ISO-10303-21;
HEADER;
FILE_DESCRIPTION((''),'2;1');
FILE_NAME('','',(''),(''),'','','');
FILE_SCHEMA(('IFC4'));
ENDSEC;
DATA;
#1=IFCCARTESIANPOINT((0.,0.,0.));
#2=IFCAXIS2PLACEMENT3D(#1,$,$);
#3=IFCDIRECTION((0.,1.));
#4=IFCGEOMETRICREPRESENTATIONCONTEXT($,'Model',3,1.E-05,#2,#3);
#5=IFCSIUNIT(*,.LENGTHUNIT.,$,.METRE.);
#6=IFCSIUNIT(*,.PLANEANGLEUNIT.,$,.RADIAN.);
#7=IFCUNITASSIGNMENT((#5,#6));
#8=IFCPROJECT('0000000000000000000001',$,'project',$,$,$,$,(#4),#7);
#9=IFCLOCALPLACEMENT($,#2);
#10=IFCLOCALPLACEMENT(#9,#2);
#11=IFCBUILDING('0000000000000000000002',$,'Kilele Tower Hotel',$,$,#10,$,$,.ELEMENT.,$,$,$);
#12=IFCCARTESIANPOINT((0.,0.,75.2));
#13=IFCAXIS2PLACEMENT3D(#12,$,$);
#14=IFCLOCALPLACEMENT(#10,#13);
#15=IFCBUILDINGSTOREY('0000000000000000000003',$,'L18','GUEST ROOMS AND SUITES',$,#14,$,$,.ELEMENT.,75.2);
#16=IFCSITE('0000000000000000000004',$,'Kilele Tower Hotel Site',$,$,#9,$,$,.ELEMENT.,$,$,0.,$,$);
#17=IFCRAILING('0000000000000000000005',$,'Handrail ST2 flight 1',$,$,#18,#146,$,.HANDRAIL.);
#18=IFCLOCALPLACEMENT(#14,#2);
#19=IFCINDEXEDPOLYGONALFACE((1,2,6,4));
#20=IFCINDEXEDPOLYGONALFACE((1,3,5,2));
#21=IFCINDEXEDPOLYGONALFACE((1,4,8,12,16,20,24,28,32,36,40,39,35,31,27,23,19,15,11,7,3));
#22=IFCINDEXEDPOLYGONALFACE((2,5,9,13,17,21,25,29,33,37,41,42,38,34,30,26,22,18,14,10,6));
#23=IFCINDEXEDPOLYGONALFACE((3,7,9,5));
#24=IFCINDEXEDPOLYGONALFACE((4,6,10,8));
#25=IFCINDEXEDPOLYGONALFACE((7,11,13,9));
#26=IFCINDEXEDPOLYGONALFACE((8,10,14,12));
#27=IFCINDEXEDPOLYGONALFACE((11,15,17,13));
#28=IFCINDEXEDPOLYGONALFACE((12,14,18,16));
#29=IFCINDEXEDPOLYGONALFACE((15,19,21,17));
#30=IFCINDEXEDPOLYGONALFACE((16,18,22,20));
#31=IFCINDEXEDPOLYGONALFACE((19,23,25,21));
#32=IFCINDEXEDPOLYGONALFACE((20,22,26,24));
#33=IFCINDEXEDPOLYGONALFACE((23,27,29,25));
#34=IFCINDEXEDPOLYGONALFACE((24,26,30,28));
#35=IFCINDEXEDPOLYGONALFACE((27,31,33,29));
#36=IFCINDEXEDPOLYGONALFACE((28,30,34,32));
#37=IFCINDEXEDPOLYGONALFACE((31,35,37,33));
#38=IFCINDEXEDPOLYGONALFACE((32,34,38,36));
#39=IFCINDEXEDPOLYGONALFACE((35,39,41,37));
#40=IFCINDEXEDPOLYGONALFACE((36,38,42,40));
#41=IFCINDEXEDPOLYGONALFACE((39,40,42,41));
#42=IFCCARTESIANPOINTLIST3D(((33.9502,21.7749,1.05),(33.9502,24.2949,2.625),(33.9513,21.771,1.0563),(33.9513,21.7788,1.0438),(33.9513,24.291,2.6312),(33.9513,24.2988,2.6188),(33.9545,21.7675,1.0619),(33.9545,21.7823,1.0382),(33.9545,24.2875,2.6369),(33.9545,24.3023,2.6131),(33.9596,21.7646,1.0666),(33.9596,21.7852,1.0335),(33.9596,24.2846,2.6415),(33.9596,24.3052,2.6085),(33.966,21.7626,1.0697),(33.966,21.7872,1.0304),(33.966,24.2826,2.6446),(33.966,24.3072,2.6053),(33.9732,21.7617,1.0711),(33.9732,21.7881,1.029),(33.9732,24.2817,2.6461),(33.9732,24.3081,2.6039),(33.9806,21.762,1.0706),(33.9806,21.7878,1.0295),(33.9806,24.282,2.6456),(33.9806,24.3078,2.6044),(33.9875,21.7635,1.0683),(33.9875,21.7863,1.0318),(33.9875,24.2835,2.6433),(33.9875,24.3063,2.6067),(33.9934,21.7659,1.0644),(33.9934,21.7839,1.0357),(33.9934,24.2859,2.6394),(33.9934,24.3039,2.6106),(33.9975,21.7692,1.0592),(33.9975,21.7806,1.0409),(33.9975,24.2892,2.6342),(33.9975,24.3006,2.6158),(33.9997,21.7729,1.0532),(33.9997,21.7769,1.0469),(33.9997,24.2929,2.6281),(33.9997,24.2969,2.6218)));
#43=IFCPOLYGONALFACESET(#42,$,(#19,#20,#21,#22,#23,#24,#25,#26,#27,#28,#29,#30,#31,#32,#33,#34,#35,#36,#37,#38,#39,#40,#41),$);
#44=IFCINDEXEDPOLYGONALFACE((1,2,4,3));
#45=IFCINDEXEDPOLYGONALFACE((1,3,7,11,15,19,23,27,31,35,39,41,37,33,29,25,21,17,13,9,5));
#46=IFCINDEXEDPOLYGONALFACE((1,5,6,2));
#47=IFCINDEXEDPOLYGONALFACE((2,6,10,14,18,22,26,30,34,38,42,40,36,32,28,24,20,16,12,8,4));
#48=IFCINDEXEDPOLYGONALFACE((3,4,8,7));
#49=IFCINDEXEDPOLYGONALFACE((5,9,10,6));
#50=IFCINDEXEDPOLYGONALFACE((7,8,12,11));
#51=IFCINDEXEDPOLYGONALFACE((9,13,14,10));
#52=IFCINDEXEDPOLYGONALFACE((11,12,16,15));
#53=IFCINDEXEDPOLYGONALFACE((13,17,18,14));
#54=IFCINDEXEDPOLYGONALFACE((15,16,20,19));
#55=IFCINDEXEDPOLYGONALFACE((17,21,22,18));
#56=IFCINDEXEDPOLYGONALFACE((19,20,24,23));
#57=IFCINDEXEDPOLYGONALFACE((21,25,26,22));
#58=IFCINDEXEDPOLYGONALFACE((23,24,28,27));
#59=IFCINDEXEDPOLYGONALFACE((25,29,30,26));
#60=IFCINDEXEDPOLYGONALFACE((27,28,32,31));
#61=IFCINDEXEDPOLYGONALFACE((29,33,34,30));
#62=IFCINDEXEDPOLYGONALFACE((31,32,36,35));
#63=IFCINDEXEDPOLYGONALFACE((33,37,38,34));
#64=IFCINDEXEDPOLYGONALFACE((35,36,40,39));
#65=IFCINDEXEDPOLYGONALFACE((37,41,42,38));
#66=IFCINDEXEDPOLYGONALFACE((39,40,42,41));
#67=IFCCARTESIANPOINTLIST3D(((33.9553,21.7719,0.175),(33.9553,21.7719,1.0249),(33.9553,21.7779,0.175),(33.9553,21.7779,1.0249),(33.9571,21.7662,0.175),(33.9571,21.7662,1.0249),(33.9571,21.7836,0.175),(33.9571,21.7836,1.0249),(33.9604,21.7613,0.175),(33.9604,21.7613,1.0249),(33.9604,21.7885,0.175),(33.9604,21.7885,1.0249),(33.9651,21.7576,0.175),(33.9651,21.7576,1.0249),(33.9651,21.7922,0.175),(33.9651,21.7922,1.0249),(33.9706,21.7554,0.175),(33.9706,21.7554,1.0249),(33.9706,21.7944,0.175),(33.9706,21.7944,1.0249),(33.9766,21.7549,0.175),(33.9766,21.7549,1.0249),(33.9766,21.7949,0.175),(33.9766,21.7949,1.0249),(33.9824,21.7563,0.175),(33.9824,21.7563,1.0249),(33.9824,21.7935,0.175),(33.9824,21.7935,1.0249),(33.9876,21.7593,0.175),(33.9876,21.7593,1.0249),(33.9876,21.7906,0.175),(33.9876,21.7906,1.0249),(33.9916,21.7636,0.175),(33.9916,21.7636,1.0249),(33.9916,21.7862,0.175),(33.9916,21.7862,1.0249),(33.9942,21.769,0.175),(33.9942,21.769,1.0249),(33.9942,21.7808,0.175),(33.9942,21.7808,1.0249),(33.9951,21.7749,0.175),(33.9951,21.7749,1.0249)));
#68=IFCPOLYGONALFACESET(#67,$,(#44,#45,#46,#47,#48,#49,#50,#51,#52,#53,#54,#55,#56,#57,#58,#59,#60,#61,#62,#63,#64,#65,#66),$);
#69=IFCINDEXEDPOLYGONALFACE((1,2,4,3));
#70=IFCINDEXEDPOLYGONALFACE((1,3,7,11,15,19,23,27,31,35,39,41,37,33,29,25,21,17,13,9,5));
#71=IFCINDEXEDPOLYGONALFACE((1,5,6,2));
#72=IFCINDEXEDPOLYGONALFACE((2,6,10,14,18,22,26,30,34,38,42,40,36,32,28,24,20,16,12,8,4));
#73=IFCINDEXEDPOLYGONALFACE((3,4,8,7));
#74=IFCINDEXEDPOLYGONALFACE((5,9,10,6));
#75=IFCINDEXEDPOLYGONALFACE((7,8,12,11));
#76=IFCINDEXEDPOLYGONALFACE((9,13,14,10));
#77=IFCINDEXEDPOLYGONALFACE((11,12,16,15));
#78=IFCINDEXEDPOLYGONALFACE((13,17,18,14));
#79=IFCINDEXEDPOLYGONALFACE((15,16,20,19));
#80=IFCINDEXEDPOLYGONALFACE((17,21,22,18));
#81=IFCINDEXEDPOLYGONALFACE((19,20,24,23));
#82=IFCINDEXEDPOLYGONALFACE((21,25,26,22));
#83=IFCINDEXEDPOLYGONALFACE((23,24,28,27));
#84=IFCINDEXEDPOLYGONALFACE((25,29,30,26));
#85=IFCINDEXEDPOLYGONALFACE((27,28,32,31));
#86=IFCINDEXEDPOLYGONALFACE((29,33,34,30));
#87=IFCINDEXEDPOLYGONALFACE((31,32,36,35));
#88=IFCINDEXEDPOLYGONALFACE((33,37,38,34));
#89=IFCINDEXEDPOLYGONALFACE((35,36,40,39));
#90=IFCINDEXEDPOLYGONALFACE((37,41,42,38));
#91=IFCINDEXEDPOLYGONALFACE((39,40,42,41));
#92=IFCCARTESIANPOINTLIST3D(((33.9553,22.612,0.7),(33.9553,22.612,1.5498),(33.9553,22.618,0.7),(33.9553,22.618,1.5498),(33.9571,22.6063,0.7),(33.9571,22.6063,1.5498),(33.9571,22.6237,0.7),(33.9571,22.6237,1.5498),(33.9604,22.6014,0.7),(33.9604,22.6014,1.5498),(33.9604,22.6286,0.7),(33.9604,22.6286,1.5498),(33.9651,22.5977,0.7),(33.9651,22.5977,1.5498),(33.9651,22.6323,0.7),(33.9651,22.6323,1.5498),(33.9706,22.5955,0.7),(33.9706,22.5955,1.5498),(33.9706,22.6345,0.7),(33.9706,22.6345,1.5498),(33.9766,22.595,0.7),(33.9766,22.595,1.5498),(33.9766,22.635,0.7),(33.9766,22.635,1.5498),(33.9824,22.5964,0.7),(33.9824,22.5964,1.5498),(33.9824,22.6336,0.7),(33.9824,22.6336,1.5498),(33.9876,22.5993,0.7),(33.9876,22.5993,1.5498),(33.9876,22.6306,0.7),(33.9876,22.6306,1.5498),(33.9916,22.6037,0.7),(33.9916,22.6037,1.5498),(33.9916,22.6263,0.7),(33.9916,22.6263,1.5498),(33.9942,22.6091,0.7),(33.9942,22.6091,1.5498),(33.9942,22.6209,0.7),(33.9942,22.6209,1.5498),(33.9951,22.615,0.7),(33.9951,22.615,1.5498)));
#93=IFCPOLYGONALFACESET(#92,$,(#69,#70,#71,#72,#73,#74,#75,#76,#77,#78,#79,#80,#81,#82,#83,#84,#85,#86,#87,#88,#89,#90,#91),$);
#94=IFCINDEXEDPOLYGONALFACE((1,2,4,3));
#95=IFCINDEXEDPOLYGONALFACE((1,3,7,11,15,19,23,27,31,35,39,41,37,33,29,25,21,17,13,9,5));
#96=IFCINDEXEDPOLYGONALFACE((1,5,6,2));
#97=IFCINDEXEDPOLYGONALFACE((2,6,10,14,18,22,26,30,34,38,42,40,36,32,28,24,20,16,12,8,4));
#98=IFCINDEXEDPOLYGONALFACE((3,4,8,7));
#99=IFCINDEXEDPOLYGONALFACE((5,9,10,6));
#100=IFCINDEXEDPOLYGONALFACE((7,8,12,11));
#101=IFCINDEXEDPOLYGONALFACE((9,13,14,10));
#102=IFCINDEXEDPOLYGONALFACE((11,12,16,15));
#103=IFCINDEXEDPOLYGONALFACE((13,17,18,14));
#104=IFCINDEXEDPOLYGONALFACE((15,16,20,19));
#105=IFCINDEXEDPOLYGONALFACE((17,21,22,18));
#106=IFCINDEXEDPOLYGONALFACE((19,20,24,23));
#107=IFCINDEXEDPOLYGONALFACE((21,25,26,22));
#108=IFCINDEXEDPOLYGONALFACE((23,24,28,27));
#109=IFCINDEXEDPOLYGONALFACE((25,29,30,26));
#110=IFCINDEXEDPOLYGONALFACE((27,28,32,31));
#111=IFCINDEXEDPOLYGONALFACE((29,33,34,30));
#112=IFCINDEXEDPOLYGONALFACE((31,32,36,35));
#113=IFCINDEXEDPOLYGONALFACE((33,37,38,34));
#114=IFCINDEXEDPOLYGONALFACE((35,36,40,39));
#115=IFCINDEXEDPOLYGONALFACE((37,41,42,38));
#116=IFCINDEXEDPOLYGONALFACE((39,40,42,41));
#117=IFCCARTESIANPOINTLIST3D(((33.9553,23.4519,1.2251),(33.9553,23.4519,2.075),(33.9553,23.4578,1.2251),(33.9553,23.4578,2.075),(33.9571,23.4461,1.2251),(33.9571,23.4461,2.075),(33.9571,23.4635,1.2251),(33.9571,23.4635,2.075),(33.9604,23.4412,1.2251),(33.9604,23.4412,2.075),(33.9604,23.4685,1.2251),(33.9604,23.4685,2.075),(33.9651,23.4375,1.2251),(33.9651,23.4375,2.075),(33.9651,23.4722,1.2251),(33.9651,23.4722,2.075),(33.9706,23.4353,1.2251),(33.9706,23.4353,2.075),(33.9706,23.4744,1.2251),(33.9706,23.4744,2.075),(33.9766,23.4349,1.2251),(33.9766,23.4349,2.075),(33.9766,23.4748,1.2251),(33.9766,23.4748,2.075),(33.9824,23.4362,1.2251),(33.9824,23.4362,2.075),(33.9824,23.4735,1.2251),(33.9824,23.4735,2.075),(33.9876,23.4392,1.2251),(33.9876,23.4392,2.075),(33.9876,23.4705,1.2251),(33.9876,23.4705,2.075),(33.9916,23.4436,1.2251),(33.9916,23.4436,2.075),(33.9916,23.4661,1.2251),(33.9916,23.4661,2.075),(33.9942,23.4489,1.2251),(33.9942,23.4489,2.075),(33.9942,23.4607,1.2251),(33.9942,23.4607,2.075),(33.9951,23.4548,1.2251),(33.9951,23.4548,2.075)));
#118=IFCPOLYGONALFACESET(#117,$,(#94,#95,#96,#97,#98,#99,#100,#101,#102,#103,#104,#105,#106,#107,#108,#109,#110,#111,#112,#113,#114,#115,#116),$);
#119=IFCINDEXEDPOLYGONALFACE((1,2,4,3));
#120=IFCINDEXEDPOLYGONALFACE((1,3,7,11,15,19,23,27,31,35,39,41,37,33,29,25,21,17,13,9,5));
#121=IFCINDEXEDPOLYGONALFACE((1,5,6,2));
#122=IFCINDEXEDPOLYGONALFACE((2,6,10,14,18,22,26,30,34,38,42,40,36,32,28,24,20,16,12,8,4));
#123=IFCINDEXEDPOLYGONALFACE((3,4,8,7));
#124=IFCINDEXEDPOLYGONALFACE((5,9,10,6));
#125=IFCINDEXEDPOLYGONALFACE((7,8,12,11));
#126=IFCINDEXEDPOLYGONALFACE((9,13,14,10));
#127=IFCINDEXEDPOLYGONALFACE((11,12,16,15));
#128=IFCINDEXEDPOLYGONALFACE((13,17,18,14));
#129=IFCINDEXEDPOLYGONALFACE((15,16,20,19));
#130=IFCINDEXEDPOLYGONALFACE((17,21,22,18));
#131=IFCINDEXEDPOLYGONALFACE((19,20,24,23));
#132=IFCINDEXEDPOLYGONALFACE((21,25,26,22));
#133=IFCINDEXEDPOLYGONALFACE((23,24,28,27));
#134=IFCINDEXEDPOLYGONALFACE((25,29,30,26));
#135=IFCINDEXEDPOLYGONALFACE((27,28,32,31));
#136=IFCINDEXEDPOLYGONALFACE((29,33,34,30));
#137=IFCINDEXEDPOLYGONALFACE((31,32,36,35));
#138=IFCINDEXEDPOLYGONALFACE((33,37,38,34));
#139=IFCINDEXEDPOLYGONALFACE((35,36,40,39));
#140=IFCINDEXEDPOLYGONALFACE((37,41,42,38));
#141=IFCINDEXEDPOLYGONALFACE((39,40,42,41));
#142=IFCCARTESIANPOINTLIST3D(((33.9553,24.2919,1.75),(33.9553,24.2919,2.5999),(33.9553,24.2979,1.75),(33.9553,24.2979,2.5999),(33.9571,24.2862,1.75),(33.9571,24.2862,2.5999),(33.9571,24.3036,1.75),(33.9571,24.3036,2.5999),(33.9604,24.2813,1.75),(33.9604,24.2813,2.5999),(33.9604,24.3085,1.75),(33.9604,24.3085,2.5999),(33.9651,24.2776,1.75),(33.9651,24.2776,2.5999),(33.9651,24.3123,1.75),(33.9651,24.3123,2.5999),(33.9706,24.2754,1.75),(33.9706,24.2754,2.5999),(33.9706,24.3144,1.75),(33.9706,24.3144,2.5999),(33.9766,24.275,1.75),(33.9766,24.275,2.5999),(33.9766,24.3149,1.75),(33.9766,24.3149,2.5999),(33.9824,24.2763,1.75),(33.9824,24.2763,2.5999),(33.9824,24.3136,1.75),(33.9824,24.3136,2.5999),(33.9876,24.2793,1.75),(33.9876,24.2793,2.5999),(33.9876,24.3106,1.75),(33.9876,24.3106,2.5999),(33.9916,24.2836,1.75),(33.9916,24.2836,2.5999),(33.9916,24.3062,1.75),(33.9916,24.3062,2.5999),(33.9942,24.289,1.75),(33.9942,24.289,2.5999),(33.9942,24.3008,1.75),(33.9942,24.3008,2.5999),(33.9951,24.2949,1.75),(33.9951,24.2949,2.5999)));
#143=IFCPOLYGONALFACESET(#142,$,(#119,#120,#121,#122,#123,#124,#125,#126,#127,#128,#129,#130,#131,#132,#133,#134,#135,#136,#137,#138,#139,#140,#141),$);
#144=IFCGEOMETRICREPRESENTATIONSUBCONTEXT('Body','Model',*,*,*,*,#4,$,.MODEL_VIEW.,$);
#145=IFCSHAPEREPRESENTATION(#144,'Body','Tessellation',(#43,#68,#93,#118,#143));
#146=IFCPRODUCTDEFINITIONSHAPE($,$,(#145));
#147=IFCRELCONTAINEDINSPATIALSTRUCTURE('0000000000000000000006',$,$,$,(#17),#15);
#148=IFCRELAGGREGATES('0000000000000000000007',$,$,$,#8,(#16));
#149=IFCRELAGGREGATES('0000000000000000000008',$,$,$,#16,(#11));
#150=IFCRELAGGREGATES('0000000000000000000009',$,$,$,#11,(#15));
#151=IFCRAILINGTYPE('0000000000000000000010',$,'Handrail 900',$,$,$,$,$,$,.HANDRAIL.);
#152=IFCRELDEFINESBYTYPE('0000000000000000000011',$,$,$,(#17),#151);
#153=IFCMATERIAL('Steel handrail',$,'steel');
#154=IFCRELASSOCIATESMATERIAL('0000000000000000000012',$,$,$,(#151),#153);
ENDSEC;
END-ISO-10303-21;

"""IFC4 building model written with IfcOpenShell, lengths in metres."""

from ifc_helpers import new_model, si_unit, direction, frame, origin, origin_2d, place, context, subcontext, project, spatial, circle, extrude, material, type_object, element, save


model = new_model("IFC4")

# Units and contexts
model_context = context("Model", 3, precision=1e-05, world=origin(), true_north=direction((0.0, 1.0)))
body_context = subcontext(model_context, "Body", "Model", "MODEL_VIEW")
ifc_project = project(units=[si_unit("LENGTHUNIT", "METRE"), si_unit("PLANEANGLEUNIT", "RADIAN")], contexts=[model_context])

# Site, building, storey
site_placement = place(None, origin())
site = spatial("IfcSite", under=ifc_project, at=site_placement, Name="Kilele Tower Hotel Site", CompositionType="ELEMENT", RefElevation=0.0)
building_placement = place(site_placement, origin())
building = spatial("IfcBuilding", under=site, at=building_placement, Name="Kilele Tower Hotel", CompositionType="ELEMENT")
storey_placement = place(building_placement, frame((0.0, 0.0, 75.2)))
storey = spatial("IfcBuildingStorey", under=building, at=storey_placement, Name="L18", Description="GUEST ROOMS AND SUITES", CompositionType="ELEMENT", Elevation=75.2)

# Railing
ifc_material_1 = material(Name="Steel handrail", Category="steel")
railing_type_1 = type_object("IfcRailingType", Name="Handrail 900", PredefinedType="HANDRAIL", material=ifc_material_1)
for number, where, name in (
    (1, (33.9751, 21.7749, 0.175), "Handrail ST2 flight 1"),
):
    element("IfcRailing", number, at=place(storey_placement, frame(where)), inside=storey, type_object=railing_type_1, Name=name, PredefinedType="HANDRAIL", context=body_context, shape_type="SweptSolid", body=[
        extrude(circle(Radius=0.0249, at=origin_2d()), frame((0.0, 0.0, 0.875), z_axis=(0.0, 0.848008, 0.529984), x_axis=(-1.0, 0.0, 0.0)), (0.0, 0.0, 1.0), 2.9717),
        extrude(circle(Radius=0.02, at=origin_2d()), origin(), (0.0, 0.0, 1.0), 0.8499),
        extrude(circle(Radius=0.02, at=origin_2d()), frame((0.0, 0.8401, 0.5249)), (0.0, 0.0, 1.0), 0.8499),
        extrude(circle(Radius=0.02, at=origin_2d()), frame((0.0, 1.6799, 1.05)), (0.0, 0.0, 1.0), 0.8499),
        extrude(circle(Radius=0.02, at=origin_2d()), frame((0.0, 2.52, 1.575)), (0.0, 0.0, 1.0), 0.8499),
    ])

save(model, "model.ifc")
